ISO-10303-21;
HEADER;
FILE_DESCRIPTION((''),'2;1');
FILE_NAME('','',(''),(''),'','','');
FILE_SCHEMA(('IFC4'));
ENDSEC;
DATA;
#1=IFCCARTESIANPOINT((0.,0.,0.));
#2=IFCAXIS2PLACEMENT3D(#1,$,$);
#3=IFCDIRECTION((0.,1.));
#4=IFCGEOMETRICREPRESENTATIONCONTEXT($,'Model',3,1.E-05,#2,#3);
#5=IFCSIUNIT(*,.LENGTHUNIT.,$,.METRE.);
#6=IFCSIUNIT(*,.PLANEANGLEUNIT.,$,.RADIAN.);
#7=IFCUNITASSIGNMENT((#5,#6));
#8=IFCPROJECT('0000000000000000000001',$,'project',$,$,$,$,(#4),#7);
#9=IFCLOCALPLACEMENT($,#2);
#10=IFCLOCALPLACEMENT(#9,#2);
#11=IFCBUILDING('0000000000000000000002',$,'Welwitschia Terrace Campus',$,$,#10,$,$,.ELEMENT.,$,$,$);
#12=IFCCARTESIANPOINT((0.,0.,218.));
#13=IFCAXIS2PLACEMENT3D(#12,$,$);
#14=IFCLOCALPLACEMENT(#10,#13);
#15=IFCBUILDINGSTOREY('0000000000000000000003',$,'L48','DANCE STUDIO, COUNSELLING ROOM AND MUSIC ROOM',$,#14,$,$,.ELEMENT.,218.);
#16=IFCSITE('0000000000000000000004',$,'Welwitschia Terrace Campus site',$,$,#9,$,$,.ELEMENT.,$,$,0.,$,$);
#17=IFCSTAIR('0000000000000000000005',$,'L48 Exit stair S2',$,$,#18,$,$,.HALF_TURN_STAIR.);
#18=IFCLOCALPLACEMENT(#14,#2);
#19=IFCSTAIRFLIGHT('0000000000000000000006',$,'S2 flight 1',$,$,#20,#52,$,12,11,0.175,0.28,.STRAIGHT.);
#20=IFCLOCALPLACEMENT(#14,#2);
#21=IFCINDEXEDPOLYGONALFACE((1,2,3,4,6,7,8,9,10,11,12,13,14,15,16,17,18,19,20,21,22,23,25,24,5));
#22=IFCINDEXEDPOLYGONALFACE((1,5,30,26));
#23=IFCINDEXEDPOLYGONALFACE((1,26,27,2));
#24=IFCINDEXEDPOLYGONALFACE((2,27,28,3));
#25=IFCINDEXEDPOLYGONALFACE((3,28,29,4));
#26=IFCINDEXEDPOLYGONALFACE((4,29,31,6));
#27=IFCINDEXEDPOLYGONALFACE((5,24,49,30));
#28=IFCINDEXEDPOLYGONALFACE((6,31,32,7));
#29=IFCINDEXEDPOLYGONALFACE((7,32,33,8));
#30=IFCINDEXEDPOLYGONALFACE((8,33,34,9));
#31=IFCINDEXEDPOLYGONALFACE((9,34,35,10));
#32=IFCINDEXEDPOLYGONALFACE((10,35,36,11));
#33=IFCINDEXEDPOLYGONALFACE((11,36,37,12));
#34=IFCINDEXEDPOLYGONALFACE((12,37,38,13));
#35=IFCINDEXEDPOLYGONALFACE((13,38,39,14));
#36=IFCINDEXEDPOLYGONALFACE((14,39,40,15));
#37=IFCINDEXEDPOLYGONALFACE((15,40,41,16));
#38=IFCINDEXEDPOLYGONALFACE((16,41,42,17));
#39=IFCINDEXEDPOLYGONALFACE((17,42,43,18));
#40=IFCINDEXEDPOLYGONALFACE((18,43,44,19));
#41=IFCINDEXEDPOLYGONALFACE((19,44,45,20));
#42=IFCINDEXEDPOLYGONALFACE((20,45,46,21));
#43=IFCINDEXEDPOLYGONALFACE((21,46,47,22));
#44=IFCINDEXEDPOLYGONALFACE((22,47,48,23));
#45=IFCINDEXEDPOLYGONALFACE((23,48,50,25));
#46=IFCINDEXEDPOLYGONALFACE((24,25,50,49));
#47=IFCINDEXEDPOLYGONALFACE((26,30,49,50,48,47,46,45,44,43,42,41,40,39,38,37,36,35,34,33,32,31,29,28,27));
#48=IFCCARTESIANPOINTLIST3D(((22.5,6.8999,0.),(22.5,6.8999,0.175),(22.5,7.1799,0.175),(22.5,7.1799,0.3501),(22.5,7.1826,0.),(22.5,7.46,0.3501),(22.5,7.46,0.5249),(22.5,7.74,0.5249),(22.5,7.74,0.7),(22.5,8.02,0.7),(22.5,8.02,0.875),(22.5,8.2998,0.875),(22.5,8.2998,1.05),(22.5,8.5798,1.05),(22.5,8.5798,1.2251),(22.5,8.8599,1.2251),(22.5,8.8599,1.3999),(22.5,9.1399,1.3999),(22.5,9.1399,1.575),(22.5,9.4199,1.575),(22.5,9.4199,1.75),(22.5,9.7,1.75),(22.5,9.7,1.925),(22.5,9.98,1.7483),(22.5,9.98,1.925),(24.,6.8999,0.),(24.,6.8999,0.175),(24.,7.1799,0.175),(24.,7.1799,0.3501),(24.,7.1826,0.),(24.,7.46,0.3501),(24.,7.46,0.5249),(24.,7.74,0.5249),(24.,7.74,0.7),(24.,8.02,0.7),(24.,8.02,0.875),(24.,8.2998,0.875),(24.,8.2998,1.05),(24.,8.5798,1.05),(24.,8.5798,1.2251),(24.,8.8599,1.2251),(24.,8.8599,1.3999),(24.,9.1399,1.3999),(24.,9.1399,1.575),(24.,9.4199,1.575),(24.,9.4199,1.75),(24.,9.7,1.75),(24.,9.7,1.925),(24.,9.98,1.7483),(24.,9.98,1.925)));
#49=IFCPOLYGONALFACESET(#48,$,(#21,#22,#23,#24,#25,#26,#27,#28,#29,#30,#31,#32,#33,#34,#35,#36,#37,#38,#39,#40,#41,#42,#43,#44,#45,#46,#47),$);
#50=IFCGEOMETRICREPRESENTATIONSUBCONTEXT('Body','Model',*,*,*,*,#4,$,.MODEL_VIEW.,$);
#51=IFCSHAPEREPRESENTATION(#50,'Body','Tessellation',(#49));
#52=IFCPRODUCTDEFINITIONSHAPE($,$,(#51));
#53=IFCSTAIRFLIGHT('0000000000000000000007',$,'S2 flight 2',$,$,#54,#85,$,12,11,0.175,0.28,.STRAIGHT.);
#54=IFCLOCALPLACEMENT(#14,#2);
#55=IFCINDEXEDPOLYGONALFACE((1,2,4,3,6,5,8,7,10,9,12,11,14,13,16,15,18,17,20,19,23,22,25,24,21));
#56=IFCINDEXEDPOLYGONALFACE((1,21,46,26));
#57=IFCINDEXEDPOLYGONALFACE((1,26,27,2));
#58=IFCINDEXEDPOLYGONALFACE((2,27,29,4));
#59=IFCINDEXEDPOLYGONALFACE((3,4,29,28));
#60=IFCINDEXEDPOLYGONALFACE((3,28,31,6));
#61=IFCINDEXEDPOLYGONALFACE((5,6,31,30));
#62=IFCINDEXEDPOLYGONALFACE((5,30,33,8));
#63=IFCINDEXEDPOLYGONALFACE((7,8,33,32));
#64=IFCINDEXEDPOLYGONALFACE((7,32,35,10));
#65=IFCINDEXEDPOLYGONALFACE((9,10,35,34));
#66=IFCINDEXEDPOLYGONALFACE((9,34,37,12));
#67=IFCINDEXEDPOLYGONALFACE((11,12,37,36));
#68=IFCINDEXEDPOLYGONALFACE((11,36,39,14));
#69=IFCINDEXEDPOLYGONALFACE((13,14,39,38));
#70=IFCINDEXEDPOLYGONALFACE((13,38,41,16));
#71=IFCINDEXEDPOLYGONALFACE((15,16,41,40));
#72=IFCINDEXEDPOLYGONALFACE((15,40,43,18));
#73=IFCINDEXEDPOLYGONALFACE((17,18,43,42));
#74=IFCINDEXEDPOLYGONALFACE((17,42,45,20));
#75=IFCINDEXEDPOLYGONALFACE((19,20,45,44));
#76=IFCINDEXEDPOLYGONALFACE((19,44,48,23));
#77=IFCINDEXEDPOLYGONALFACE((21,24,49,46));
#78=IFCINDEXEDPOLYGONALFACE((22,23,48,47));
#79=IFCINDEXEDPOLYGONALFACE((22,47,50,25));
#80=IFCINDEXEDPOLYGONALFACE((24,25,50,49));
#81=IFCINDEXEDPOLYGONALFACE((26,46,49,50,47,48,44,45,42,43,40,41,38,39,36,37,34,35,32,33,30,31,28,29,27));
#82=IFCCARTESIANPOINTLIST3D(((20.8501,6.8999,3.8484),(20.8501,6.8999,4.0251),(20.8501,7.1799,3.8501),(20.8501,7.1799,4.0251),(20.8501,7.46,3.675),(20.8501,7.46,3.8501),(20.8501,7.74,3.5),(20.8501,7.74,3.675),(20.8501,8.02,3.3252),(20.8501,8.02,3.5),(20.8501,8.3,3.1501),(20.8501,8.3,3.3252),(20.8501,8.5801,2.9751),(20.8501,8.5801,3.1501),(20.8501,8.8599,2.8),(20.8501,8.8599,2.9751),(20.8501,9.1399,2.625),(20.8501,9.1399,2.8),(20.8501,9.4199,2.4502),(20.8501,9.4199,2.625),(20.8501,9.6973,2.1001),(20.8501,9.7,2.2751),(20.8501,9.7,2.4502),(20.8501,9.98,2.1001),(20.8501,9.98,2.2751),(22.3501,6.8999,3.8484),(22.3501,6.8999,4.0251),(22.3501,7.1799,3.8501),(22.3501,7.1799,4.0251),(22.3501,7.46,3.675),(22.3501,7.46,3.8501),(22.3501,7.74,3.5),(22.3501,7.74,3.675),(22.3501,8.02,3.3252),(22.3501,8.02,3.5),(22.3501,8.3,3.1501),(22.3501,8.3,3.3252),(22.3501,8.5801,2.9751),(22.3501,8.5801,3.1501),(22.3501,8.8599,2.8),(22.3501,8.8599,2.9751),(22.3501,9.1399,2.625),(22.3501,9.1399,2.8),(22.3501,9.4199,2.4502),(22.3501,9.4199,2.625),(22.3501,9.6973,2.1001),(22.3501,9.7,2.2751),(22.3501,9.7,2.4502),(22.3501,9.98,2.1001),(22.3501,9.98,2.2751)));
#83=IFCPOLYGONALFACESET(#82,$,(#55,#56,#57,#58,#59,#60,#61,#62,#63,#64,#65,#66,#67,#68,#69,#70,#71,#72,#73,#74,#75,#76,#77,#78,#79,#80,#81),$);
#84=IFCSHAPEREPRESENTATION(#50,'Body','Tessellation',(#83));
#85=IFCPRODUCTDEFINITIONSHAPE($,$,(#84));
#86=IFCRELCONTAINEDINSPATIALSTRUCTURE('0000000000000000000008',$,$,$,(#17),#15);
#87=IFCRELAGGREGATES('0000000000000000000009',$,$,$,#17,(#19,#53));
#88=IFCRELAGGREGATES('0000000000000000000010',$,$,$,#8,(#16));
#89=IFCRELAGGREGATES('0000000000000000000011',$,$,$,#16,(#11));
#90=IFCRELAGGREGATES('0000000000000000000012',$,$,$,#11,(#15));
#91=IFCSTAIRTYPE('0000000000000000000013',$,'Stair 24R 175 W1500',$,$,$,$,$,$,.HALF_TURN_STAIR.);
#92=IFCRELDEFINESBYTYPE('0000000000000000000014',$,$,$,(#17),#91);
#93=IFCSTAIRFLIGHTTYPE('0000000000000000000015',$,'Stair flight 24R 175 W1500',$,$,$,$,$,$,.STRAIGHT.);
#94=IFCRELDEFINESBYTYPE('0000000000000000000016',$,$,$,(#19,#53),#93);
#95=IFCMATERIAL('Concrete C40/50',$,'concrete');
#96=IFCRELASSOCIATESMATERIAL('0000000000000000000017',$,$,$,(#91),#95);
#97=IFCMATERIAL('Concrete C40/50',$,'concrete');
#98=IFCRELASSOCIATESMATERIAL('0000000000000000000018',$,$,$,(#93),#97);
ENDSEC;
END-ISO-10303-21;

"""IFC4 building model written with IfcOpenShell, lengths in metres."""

from ifc_helpers import new_model, si_unit, direction, frame, origin, place, context, subcontext, project, spatial, polyline, outline, extrude, material, type_object, element, aggregate, save


model = new_model("IFC4")

# Units and contexts
model_context = context("Model", 3, precision=1e-05, world=origin(), true_north=direction((0.0, 1.0)))
body_context = subcontext(model_context, "Body", "Model", "MODEL_VIEW")
ifc_project = project(units=[si_unit("LENGTHUNIT", "METRE"), si_unit("PLANEANGLEUNIT", "RADIAN")], contexts=[model_context])

# Site, building, storey
site_placement = place(None, origin())
site = spatial("IfcSite", under=ifc_project, at=site_placement, Name="Welwitschia Terrace Campus site", CompositionType="ELEMENT", RefElevation=0.0)
building_placement = place(site_placement, origin())
building = spatial("IfcBuilding", under=site, at=building_placement, Name="Welwitschia Terrace Campus", CompositionType="ELEMENT")
storey_placement = place(building_placement, frame((0.0, 0.0, 218.0)))
storey = spatial("IfcBuildingStorey", under=building, at=storey_placement, Name="L48", Description="DANCE STUDIO, COUNSELLING ROOM AND MUSIC ROOM", CompositionType="ELEMENT", Elevation=218.0)

# Stair, stair flights
ifc_material_1 = material(Name="Concrete C40/50", Category="concrete")
stair_type = type_object("IfcStairType", Name="Stair 24R 175 W1500", PredefinedType="HALF_TURN_STAIR", material=ifc_material_1)
stair_placement = place(storey_placement, origin())
stair = element("IfcStair", 1, at=stair_placement, inside=storey, type_object=stair_type, Name="L48 Exit stair S2", PredefinedType="HALF_TURN_STAIR")
ifc_material_2 = material(Name="Concrete C40/50", Category="concrete")
stair_flight_type = type_object("IfcStairFlightType", Name="Stair flight 24R 175 W1500", PredefinedType="STRAIGHT", material=ifc_material_2)
stair_flight_1_placement = place(storey_placement, frame((23.25, 6.8999, 0.0), z_axis=(0.0, 0.0, 1.0), x_axis=(0.0, 1.0, 0.0)))
stair_flight_1 = element("IfcStairFlight", 2, at=stair_flight_1_placement, type_object=stair_flight_type, Name="S2 flight 1", NumberOfRisers=12, NumberOfTreads=11, PredefinedType="STRAIGHT", RiserHeight=0.175, TreadLength=0.28, context=body_context, shape_type="SweptSolid", body=[
    extrude(outline(polyline([(0.0, 0.0), (0.0, 0.175), (0.28, 0.175), (0.28, 0.3501), (0.5601, 0.3501), (0.5601, 0.5249), (0.8401, 0.5249), (0.8401, 0.7), (1.1201, 0.7), (1.1201, 0.875), (1.3999, 0.875), (1.3999, 1.05), (1.6799, 1.05), (1.6799, 1.2251), (1.96, 1.2251), (1.96, 1.3999), (2.24, 1.3999), (2.24, 1.575), (2.52, 1.575), (2.52, 1.75), (2.8, 1.75), (2.8, 1.925), (3.0801, 1.925), (3.0801, 2.1001), (3.0801, 1.7483), (0.2827, 0.0), (0.0, 0.0)])), frame((0.0, 0.75, 0.0), z_axis=(0.0, -1.0, 0.0), x_axis=(1.0, 0.0, 0.0)), (0.0, 0.0, 1.0), 1.5),
])
stair_flight_2_placement = place(storey_placement, frame((21.6001, 9.98, 2.1001), z_axis=(0.0, 0.0, 1.0), x_axis=(0.0, -1.0, 0.0)))
stair_flight_2 = element("IfcStairFlight", 3, at=stair_flight_2_placement, type_object=stair_flight_type, Name="S2 flight 2", NumberOfRisers=12, NumberOfTreads=11, PredefinedType="STRAIGHT", RiserHeight=0.175, TreadLength=0.28, context=body_context, shape_type="SweptSolid", body=[
    extrude(outline(polyline([(0.0, 0.0), (0.0, 0.175), (0.28, 0.175), (0.28, 0.3501), (0.5601, 0.3501), (0.5601, 0.5249), (0.8401, 0.5249), (0.8401, 0.7), (1.1201, 0.7), (1.1201, 0.875), (1.3999, 0.875), (1.3999, 1.05), (1.6799, 1.05), (1.6799, 1.2251), (1.96, 1.2251), (1.96, 1.3999), (2.24, 1.3999), (2.24, 1.575), (2.52, 1.575), (2.52, 1.75), (2.8, 1.75), (2.8, 1.925), (3.0801, 1.925), (3.0801, 2.1001), (3.0801, 1.7483), (0.2827, 0.0), (0.0, 0.0)])), frame((0.0, 0.75, 0.0), z_axis=(0.0, -1.0, 0.0), x_axis=(1.0, 0.0, 0.0)), (0.0, 0.0, 1.0), 1.5),
])
aggregate(stair, [stair_flight_1, stair_flight_2])

save(model, "model.ifc")
